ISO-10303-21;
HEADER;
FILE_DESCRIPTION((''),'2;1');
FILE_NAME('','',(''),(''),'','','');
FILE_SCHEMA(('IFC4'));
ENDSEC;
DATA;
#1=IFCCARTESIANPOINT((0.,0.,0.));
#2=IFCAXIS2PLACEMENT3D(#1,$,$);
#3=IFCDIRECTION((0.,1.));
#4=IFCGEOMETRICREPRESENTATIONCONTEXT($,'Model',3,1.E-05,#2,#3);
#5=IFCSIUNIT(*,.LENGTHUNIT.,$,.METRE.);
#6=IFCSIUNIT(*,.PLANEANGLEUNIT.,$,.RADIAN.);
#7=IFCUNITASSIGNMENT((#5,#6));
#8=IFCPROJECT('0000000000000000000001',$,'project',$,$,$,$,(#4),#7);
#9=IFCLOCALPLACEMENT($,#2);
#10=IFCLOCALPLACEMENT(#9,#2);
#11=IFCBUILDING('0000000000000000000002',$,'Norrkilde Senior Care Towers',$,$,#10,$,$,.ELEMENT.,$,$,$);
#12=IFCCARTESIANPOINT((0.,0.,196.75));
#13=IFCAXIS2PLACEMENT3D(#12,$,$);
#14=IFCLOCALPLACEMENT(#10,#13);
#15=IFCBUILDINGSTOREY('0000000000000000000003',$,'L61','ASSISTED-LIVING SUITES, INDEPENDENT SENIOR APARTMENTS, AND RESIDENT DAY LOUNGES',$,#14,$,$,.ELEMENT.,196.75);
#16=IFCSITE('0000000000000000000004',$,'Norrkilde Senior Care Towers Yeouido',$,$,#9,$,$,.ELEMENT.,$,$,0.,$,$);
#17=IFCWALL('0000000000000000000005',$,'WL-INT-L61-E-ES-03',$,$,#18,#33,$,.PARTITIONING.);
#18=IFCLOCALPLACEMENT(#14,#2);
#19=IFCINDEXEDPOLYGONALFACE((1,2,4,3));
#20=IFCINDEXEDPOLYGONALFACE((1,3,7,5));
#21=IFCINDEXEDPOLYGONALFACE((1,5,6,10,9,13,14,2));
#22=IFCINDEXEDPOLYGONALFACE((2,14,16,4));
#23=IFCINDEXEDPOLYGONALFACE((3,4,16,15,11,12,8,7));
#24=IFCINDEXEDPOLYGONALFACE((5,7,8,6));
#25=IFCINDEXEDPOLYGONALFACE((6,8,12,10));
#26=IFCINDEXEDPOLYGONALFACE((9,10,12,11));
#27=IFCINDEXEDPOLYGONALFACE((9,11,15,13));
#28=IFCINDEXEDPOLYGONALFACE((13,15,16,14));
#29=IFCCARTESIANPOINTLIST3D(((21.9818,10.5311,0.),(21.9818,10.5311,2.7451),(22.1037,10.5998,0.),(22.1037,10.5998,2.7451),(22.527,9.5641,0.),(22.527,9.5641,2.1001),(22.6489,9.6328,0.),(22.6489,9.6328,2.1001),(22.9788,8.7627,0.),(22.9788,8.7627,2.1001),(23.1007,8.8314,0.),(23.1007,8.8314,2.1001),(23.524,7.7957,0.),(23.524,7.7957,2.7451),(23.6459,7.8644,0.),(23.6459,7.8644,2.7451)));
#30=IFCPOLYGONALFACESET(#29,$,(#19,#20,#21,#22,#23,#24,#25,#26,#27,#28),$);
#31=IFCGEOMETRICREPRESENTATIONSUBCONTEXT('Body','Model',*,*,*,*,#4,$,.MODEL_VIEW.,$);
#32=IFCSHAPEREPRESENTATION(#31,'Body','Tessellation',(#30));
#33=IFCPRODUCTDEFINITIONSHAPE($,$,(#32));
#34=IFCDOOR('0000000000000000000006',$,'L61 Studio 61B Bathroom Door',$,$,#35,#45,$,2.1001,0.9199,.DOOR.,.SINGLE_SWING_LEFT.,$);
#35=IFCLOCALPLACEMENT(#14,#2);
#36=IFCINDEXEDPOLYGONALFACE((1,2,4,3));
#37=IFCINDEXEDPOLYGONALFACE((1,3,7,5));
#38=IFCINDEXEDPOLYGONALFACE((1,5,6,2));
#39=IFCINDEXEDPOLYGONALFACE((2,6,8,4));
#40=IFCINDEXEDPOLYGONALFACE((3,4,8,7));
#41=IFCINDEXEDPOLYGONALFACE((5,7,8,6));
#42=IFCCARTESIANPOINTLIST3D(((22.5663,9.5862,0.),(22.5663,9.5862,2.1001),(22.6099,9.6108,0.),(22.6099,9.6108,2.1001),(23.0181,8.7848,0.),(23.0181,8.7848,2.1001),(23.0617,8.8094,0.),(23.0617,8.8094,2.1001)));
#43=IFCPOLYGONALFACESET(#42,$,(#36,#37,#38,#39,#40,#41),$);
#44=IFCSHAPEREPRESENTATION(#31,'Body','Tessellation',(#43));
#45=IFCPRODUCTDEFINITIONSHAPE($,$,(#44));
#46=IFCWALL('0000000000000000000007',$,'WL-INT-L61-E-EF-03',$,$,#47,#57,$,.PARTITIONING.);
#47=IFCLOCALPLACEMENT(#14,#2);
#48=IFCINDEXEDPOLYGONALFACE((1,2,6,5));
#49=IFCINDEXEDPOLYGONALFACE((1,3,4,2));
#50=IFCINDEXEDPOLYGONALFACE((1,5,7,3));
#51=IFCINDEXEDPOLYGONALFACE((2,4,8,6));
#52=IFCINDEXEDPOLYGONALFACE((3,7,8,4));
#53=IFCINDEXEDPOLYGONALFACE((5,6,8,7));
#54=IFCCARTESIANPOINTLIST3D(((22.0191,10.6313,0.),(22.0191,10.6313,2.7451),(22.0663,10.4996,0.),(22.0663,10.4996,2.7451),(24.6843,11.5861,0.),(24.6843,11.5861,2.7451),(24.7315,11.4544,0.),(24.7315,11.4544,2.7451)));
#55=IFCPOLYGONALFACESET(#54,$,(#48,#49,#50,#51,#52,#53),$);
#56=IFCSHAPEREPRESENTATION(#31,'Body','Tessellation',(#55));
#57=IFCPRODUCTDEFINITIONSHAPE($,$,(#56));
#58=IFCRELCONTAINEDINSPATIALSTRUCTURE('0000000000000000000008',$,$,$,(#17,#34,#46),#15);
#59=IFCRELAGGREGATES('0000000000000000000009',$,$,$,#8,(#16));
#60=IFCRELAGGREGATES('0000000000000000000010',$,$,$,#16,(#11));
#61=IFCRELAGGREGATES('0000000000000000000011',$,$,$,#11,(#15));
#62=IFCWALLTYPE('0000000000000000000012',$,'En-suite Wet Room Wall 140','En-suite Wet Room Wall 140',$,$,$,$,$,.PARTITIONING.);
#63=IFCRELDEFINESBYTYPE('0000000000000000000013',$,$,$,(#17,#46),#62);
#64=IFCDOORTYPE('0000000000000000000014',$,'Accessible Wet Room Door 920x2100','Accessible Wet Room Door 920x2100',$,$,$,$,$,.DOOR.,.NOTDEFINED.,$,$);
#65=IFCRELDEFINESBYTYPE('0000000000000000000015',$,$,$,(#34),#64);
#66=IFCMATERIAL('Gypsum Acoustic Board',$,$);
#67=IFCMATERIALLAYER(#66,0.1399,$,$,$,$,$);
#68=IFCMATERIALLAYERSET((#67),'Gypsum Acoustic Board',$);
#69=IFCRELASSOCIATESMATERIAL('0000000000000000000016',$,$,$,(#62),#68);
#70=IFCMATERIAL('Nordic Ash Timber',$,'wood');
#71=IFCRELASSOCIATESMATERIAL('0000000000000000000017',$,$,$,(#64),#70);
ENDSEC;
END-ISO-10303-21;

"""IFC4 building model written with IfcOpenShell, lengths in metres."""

from ifc_helpers import new_model, si_unit, direction, frame, frame_2d, origin, place, context, subcontext, project, spatial, rectangle, extrude, source, transform, mapped, material, layer, layer_set, type_object, type_shapes, element, fill, save


model = new_model("IFC4")

# Units and contexts
model_context = context("Model", 3, precision=1e-05, world=origin(), true_north=direction((0.0, 1.0)))
body_context = subcontext(model_context, "Body", "Model", "MODEL_VIEW")
ifc_project = project(units=[si_unit("LENGTHUNIT", "METRE"), si_unit("PLANEANGLEUNIT", "RADIAN")], contexts=[model_context])

# Site, building, storey
site_placement = place(None, origin())
site = spatial("IfcSite", under=ifc_project, at=site_placement, Name="Norrkilde Senior Care Towers Yeouido", CompositionType="ELEMENT", RefElevation=0.0)
building_placement = place(site_placement, origin())
building = spatial("IfcBuilding", under=site, at=building_placement, Name="Norrkilde Senior Care Towers", CompositionType="ELEMENT")
storey_placement = place(building_placement, frame((0.0, 0.0, 196.75)))
storey = spatial("IfcBuildingStorey", under=building, at=storey_placement, Name="L61", Description="ASSISTED-LIVING SUITES, INDEPENDENT SENIOR APARTMENTS, AND RESIDENT DAY LOUNGES", CompositionType="ELEMENT", Elevation=196.75)

# Shared definitions
ifc_material_1 = material(Name="Gypsum Acoustic Board")
ifc_material_2 = material(Name="Nordic Ash Timber", Category="wood")

# Wall, opening, door
ifc_layer_1 = layer(ifc_material_1, 0.1399)
ifc_layer_set_1 = layer_set([ifc_layer_1], Name="Gypsum Acoustic Board")
wall_type_1 = type_object("IfcWallType", Name="En-suite Wet Room Wall 140", Description="En-suite Wet Room Wall 140", PredefinedType="PARTITIONING", material=ifc_layer_set_1)
shared_shape_1 = source(origin(), body_context, "Body", "SweptSolid", [
    extrude(rectangle(XDim=3.1401, YDim=0.1399, at=frame_2d((1.5701, 0.0))), origin(), (0.0, 0.0, 1.0), 2.7451),
])
wall_1_placement = place(storey_placement, frame((23.585, 7.8301, 0.0), z_axis=(0.0, 0.0, 1.0), x_axis=(-0.491132, 0.871085, 0.0)))
wall_1 = element("IfcWall", 1, at=wall_1_placement, inside=storey, type_object=wall_type_1, Name="WL-INT-L61-E-ES-03", PredefinedType="PARTITIONING", context=body_context, shape_type="MappedRepresentation", body=[
    mapped(shared_shape_1, transform((0.0, 0.0, 0.0), x_axis=(1.0, 0.0, 0.0), y_axis=(0.0, 1.0, 0.0), z_axis=(0.0, 0.0, 1.0), scale=1.0)),
])
opening_1_placement = place(wall_1_placement, frame((1.1101, 0.0, 0.0)))
opening_1 = element("IfcOpeningElement", 2, at=opening_1_placement, cuts=wall_1, PredefinedType="OPENING", context=body_context, shape_type="SweptSolid", body=[
    extrude(rectangle(XDim=0.9199, YDim=2.1001, at=frame_2d((0.46, 1.05))), frame((0.0, 0.0798, 0.0), z_axis=(0.0, -1.0, 0.0), x_axis=(1.0, 0.0, 0.0)), (0.0, 0.0, 1.0), 0.1599),
])
door_type_1 = type_object("IfcDoorType", Name="Accessible Wet Room Door 920x2100", Description="Accessible Wet Room Door 920x2100", OperationType="NOTDEFINED", PredefinedType="DOOR", material=ifc_material_2)
shared_shape_2 = source(origin(), body_context, "Body", "SweptSolid", [
    extrude(rectangle(XDim=0.9199, YDim=2.1001, at=frame_2d((0.46, 1.05))), frame((0.0, 0.0249, 0.0), z_axis=(0.0, -1.0, 0.0), x_axis=(1.0, 0.0, 0.0)), (0.0, 0.0, 1.0), 0.05),
])
type_shapes(door_type_1, [shared_shape_2])
door_1_placement = place(opening_1_placement, origin())
door_1 = element("IfcDoor", 3, at=door_1_placement, inside=storey, type_object=door_type_1, Name="L61 Studio 61B Bathroom Door", OperationType="SINGLE_SWING_LEFT", OverallHeight=2.1001, OverallWidth=0.9199, PredefinedType="DOOR", context=body_context, shape_type="MappedRepresentation", body=[
    mapped(shared_shape_2, transform((0.0, 0.0, 0.0), x_axis=(1.0, 0.0, 0.0), y_axis=(0.0, 1.0, 0.0), z_axis=(0.0, 0.0, 1.0), scale=1.0)),
])
fill(opening_1, door_1)

# Wall
shared_shape_3 = source(origin(), body_context, "Body", "SweptSolid", [
    extrude(rectangle(XDim=2.8311, YDim=0.1399, at=frame_2d((1.4155, 0.0))), origin(), (0.0, 0.0, 1.0), 2.7451),
])
type_shapes(wall_type_1, [shared_shape_1, shared_shape_3])
wall_2_placement = place(storey_placement, frame((22.0427, 10.5654, 0.0), z_axis=(0.0, 0.0, 1.0), x_axis=(0.941412, 0.337259, 0.0)))
element("IfcWall", 4, at=wall_2_placement, inside=storey, type_object=wall_type_1, Name="WL-INT-L61-E-EF-03", PredefinedType="PARTITIONING", context=body_context, shape_type="MappedRepresentation", body=[
    mapped(shared_shape_3, transform((0.0, 0.0, 0.0), x_axis=(1.0, 0.0, 0.0), y_axis=(0.0, 1.0, 0.0), z_axis=(0.0, 0.0, 1.0), scale=1.0)),
])

save(model, "model.ifc")
